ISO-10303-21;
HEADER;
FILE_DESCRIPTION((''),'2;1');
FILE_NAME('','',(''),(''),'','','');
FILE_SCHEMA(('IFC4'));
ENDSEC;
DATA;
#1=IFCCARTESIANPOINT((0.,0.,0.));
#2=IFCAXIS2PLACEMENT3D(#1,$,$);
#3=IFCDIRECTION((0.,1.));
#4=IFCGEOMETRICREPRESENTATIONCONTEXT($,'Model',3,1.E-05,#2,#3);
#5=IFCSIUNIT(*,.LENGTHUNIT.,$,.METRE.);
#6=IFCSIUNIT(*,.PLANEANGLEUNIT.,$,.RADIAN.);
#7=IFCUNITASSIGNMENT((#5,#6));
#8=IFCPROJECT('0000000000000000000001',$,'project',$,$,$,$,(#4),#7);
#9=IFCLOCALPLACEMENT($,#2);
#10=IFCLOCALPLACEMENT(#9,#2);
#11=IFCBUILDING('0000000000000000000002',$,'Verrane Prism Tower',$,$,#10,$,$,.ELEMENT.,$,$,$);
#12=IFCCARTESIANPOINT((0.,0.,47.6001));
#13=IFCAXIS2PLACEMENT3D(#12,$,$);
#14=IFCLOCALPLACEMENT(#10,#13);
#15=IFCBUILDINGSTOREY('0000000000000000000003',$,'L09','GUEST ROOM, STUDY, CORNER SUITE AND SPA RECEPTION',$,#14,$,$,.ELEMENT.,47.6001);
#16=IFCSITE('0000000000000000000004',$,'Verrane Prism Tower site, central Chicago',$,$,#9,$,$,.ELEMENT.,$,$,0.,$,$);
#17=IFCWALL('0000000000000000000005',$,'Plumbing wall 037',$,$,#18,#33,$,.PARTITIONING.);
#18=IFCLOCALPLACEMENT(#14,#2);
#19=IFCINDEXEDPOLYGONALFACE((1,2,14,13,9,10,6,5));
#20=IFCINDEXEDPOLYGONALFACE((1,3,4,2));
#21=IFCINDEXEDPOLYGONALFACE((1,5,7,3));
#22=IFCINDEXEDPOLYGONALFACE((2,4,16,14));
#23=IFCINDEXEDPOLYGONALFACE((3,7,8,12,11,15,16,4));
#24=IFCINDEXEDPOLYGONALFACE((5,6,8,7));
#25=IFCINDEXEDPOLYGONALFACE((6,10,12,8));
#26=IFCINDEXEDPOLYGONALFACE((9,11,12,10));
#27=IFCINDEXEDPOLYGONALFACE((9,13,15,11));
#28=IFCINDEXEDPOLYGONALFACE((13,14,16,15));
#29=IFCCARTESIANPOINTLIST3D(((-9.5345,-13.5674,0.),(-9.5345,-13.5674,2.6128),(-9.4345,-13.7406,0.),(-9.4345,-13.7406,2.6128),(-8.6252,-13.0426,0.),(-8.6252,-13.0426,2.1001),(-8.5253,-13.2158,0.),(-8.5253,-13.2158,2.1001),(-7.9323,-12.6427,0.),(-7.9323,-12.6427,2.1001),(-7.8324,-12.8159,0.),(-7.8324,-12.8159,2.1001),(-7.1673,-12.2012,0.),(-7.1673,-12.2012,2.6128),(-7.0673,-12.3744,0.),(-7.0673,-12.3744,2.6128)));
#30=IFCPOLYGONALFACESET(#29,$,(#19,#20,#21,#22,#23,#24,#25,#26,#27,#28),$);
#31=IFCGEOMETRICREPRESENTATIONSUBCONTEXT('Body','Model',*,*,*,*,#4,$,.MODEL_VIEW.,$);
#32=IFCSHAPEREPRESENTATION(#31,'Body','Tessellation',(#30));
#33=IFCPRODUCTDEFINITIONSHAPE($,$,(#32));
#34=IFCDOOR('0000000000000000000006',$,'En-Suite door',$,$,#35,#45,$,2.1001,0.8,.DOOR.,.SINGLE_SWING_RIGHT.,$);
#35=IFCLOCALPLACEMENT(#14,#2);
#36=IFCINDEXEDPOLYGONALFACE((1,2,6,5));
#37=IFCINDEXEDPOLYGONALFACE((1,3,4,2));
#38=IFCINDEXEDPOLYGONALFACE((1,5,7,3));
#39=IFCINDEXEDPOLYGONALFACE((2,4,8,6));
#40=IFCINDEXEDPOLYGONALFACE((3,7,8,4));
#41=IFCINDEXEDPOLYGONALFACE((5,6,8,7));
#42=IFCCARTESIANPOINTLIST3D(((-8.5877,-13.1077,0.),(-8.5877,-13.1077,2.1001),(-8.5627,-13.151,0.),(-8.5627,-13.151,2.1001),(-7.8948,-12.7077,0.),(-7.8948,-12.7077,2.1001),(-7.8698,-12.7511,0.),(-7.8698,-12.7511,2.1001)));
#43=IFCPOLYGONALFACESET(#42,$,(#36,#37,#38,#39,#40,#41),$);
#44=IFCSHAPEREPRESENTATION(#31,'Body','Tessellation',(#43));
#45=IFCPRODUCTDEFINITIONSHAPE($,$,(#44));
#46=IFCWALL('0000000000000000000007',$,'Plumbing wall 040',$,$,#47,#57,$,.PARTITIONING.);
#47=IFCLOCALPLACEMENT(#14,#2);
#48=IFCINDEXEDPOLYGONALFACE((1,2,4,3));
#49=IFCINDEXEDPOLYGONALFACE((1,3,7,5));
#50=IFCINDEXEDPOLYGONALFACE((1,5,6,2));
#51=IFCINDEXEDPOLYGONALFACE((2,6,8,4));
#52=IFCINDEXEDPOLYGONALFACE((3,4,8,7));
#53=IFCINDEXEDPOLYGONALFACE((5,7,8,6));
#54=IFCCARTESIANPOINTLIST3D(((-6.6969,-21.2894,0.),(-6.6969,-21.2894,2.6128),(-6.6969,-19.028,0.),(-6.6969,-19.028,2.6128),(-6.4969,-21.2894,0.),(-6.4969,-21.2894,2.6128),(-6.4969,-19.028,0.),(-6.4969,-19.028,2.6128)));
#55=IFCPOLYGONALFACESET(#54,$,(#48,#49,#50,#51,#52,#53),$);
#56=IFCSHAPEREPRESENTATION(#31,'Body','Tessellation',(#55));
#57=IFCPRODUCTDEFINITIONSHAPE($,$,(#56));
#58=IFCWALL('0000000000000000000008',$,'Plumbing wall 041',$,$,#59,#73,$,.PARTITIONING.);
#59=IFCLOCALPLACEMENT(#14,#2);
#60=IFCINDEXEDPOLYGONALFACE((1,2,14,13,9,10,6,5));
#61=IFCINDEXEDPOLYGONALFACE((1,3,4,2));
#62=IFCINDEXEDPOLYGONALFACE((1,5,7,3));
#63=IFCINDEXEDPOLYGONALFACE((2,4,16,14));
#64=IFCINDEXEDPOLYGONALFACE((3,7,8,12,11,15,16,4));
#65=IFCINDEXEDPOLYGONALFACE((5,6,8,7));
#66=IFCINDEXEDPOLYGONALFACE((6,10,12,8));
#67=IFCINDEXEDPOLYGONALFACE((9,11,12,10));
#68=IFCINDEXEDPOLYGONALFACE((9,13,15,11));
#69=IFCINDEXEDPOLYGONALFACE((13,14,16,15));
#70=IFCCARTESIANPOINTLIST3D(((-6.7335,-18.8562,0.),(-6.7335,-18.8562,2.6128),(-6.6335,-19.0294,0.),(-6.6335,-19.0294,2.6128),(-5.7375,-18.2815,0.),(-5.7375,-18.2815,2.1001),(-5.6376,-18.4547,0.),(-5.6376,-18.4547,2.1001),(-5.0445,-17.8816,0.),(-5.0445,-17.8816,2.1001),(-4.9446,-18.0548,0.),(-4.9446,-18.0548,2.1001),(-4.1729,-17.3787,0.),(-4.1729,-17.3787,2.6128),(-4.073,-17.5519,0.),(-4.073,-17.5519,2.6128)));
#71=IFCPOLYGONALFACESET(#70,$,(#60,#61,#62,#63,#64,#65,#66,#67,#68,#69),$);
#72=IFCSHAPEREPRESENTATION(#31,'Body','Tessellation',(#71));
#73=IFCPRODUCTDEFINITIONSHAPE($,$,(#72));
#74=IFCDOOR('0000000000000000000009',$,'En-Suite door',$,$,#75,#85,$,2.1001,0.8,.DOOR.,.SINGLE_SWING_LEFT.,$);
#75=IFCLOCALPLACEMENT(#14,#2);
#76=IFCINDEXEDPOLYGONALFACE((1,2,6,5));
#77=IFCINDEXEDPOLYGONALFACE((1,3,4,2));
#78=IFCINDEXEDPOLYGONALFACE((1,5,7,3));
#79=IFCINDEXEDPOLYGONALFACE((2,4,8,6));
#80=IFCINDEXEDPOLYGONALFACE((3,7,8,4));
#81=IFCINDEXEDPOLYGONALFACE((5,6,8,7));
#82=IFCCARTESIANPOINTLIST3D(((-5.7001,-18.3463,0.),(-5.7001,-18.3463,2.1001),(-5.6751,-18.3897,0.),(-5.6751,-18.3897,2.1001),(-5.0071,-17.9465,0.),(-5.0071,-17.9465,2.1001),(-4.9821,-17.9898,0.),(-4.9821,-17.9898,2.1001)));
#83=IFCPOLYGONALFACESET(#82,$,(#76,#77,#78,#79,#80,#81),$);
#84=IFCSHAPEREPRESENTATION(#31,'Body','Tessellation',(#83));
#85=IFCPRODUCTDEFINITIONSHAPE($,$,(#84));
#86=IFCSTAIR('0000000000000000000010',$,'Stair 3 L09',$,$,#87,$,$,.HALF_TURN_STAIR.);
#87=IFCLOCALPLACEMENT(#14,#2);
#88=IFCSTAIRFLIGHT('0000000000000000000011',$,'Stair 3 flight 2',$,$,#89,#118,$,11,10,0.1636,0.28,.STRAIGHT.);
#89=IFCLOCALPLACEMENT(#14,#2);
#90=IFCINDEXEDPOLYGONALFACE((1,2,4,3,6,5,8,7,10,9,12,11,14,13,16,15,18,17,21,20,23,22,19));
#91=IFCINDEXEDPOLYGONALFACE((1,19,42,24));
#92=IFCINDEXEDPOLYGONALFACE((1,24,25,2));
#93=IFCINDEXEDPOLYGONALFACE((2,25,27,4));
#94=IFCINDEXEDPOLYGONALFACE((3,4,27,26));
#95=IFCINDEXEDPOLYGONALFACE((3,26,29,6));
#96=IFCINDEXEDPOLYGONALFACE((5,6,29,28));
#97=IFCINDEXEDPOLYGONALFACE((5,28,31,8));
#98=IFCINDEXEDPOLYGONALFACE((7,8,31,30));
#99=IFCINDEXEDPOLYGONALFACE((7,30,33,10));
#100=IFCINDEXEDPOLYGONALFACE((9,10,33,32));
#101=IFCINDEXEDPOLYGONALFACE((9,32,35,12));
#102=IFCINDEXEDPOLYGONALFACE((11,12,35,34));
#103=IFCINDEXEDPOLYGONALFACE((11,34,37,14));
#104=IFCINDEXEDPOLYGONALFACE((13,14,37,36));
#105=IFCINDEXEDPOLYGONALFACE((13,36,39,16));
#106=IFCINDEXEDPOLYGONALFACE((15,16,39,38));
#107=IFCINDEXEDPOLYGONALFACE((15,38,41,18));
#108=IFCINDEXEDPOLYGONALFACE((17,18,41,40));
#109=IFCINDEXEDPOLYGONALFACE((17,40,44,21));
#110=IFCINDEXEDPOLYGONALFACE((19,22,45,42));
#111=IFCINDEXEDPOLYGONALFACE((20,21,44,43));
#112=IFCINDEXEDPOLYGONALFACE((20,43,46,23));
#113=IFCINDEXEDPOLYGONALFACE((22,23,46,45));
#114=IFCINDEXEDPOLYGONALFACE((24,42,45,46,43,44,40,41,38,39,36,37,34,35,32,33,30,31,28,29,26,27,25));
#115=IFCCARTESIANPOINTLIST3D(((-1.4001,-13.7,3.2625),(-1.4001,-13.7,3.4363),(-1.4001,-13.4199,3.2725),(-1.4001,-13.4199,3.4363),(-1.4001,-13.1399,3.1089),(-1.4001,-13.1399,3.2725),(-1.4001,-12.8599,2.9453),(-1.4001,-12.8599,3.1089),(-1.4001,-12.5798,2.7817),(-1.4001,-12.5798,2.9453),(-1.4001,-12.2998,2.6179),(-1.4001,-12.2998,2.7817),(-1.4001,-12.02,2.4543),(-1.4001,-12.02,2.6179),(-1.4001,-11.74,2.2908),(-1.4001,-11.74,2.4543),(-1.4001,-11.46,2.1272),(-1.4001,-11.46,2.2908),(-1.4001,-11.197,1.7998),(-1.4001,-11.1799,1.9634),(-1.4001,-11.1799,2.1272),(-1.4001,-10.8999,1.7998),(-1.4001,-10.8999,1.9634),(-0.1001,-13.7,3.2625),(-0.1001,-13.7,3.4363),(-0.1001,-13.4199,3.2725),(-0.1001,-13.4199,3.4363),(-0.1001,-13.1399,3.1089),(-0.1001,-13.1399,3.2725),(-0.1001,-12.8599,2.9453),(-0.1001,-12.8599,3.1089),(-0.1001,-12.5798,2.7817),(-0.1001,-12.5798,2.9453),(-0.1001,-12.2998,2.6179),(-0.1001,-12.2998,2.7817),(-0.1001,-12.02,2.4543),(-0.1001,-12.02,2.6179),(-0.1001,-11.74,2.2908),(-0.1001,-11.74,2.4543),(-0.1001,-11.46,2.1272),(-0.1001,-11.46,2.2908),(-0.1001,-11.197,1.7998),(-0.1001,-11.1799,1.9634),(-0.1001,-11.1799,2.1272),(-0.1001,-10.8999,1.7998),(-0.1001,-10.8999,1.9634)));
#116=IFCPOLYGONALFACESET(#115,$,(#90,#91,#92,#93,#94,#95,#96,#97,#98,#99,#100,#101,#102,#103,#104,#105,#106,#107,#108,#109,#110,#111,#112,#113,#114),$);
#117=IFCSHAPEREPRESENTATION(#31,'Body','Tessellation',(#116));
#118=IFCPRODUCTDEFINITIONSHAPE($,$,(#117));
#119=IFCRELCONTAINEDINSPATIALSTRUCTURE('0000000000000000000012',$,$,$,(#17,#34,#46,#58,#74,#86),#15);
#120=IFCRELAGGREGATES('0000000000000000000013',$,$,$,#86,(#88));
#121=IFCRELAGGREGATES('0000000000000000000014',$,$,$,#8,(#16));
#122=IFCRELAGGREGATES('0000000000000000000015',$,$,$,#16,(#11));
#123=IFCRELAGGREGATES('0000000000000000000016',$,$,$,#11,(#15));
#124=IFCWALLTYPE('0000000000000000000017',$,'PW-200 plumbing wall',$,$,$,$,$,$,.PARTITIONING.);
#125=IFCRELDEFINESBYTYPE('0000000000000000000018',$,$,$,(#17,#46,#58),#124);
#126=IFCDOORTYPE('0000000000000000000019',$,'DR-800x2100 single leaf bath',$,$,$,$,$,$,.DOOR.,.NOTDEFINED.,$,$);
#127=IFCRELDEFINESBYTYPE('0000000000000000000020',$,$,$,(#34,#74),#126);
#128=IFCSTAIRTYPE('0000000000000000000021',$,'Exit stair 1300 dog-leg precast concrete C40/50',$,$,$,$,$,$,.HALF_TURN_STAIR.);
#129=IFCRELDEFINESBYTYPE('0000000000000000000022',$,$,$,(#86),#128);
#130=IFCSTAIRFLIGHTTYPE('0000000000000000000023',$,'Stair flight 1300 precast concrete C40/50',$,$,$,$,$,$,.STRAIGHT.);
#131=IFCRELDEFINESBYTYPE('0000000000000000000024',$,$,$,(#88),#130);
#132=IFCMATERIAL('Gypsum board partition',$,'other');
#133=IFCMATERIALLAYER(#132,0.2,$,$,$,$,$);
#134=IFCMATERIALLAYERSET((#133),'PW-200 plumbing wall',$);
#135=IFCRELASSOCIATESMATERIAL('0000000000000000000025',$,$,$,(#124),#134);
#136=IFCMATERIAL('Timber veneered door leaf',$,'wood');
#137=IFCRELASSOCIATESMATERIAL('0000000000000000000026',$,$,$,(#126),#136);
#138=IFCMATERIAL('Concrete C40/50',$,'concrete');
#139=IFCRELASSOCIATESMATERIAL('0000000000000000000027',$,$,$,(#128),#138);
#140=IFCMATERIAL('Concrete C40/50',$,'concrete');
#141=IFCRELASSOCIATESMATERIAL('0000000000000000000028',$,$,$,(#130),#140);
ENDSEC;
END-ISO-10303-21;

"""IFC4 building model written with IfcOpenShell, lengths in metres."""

from ifc_helpers import new_model, si_unit, direction, frame, frame_2d, origin, place, context, subcontext, project, spatial, polyline, rectangle, outline, extrude, material, layer, layer_set, type_object, element, fill, aggregate, save


model = new_model("IFC4")

# Units and contexts
model_context = context("Model", 3, precision=1e-05, world=origin(), true_north=direction((0.0, 1.0)))
body_context = subcontext(model_context, "Body", "Model", "MODEL_VIEW")
ifc_project = project(units=[si_unit("LENGTHUNIT", "METRE"), si_unit("PLANEANGLEUNIT", "RADIAN")], contexts=[model_context])

# Site, building, storey
site_placement = place(None, origin())
site = spatial("IfcSite", under=ifc_project, at=site_placement, Name="Verrane Prism Tower site, central Chicago", CompositionType="ELEMENT", RefElevation=0.0)
building_placement = place(site_placement, origin())
building = spatial("IfcBuilding", under=site, at=building_placement, Name="Verrane Prism Tower", CompositionType="ELEMENT")
storey_placement = place(building_placement, frame((0.0, 0.0, 47.6001)))
storey = spatial("IfcBuildingStorey", under=building, at=storey_placement, Name="L09", Description="GUEST ROOM, STUDY, CORNER SUITE AND SPA RECEPTION", CompositionType="ELEMENT", Elevation=47.6001)

# Shared definitions
ifc_material_1 = material(Name="Gypsum board partition", Category="other")
ifc_layer_1 = layer(ifc_material_1, 0.2)
ifc_layer_set_1 = layer_set([ifc_layer_1], Name="PW-200 plumbing wall")
wall_type_1 = type_object("IfcWallType", Name="PW-200 plumbing wall", PredefinedType="PARTITIONING", material=ifc_layer_set_1)

# Wall, opening, door
wall_1_placement = place(storey_placement, frame((-9.4846, -13.6541, 0.0), z_axis=(0.0, 0.0, 1.0), x_axis=(0.866102, 0.499867, 0.0)))
wall_1 = element("IfcWall", 1, at=wall_1_placement, inside=storey, type_object=wall_type_1, Name="Plumbing wall 037", PredefinedType="PARTITIONING", context=body_context, shape_type="SweptSolid", body=[
    extrude(rectangle(XDim=2.7332, YDim=0.2, at=frame_2d((1.3667, 0.0))), origin(), (0.0, 0.0, 1.0), 2.6128),
])
opening_1_placement = place(wall_1_placement, frame((1.05, 0.0, 0.0)))
opening_1 = element("IfcOpeningElement", 2, at=opening_1_placement, cuts=wall_1, PredefinedType="OPENING", context=body_context, shape_type="SweptSolid", body=[
    extrude(rectangle(XDim=0.8, YDim=2.1001, at=frame_2d((0.3999, 1.05))), frame((0.0, 0.1099, 0.0), z_axis=(0.0, -1.0, 0.0), x_axis=(1.0, 0.0, 0.0)), (0.0, 0.0, 1.0), 0.22),
])
ifc_material_2 = material(Name="Timber veneered door leaf", Category="wood")
door_type_1 = type_object("IfcDoorType", Name="DR-800x2100 single leaf bath", OperationType="NOTDEFINED", PredefinedType="DOOR", material=ifc_material_2)
door_1_placement = place(opening_1_placement, origin())
door_1 = element("IfcDoor", 3, at=door_1_placement, inside=storey, type_object=door_type_1, Name="En-Suite door", OperationType="SINGLE_SWING_RIGHT", OverallHeight=2.1001, OverallWidth=0.8, PredefinedType="DOOR", context=body_context, shape_type="SweptSolid", body=[
    extrude(rectangle(XDim=0.8, YDim=2.1001, at=frame_2d((0.3999, 1.05))), frame((0.0, 0.0249, 0.0), z_axis=(0.0, -1.0, 0.0), x_axis=(1.0, 0.0, 0.0)), (0.0, 0.0, 1.0), 0.05),
])
fill(opening_1, door_1)

# Wall
wall_2_placement = place(storey_placement, frame((-6.5969, -21.2896, 0.0), z_axis=(0.0, 0.0, 1.0), x_axis=(0.0, 1.0, 0.0)))
element("IfcWall", 4, at=wall_2_placement, inside=storey, type_object=wall_type_1, Name="Plumbing wall 040", PredefinedType="PARTITIONING", context=body_context, shape_type="SweptSolid", body=[
    extrude(rectangle(XDim=2.2615, YDim=0.2, at=frame_2d((1.1309, 0.0))), origin(), (0.0, 0.0, 1.0), 2.6128),
])

# Wall, opening, door
wall_3_placement = place(storey_placement, frame((-4.123, -17.4653, 0.0), z_axis=(0.0, 0.0, 1.0), x_axis=(-0.866142, -0.499799, 0.0)))
wall_3 = element("IfcWall", 5, at=wall_3_placement, inside=storey, type_object=wall_type_1, Name="Plumbing wall 041", PredefinedType="PARTITIONING", context=body_context, shape_type="SweptSolid", body=[
    extrude(rectangle(XDim=2.9563, YDim=0.2, at=frame_2d((1.478, 0.0))), origin(), (0.0, 0.0, 1.0), 2.6128),
])
opening_2_placement = place(wall_3_placement, frame((1.0063, 0.0, 0.0)))
opening_2 = element("IfcOpeningElement", 6, at=opening_2_placement, cuts=wall_3, PredefinedType="OPENING", context=body_context, shape_type="SweptSolid", body=[
    extrude(rectangle(XDim=0.8, YDim=2.1001, at=frame_2d((0.3999, 1.05))), frame((0.0, 0.1099, 0.0), z_axis=(0.0, -1.0, 0.0), x_axis=(1.0, 0.0, 0.0)), (0.0, 0.0, 1.0), 0.22),
])
door_2_placement = place(opening_2_placement, origin())
door_2 = element("IfcDoor", 7, at=door_2_placement, inside=storey, type_object=door_type_1, Name="En-Suite door", OperationType="SINGLE_SWING_LEFT", OverallHeight=2.1001, OverallWidth=0.8, PredefinedType="DOOR", context=body_context, shape_type="SweptSolid", body=[
    extrude(rectangle(XDim=0.8, YDim=2.1001, at=frame_2d((0.3999, 1.05))), frame((0.0, 0.0249, 0.0), z_axis=(0.0, -1.0, 0.0), x_axis=(1.0, 0.0, 0.0)), (0.0, 0.0, 1.0), 0.05),
])
fill(opening_2, door_2)

# Stair, stair flight
ifc_material_3 = material(Name="Concrete C40/50", Category="concrete")
stair_type = type_object("IfcStairType", Name="Exit stair 1300 dog-leg precast concrete C40/50", PredefinedType="HALF_TURN_STAIR", material=ifc_material_3)
stair_placement = place(storey_placement, origin())
stair = element("IfcStair", 8, at=stair_placement, inside=storey, type_object=stair_type, Name="Stair 3 L09", PredefinedType="HALF_TURN_STAIR")
ifc_material_4 = material(Name="Concrete C40/50", Category="concrete")
stair_flight_type = type_object("IfcStairFlightType", Name="Stair flight 1300 precast concrete C40/50", PredefinedType="STRAIGHT", material=ifc_material_4)
stair_flight_placement = place(storey_placement, frame((-0.75, -10.8999, 1.7998), z_axis=(0.0, 0.0, 1.0), x_axis=(0.0, -1.0, 0.0)))
stair_flight = element("IfcStairFlight", 9, at=stair_flight_placement, type_object=stair_flight_type, Name="Stair 3 flight 2", NumberOfRisers=11, NumberOfTreads=10, PredefinedType="STRAIGHT", RiserHeight=0.1636, TreadLength=0.28, context=body_context, shape_type="SweptSolid", body=[
    extrude(outline(polyline([(0.0, 0.0), (0.0, 0.1636), (0.28, 0.1636), (0.28, 0.3274), (0.5601, 0.3274), (0.5601, 0.491), (0.8401, 0.491), (0.8401, 0.6545), (1.1201, 0.6545), (1.1201, 0.8181), (1.3999, 0.8181), (1.3999, 0.9819), (1.6799, 0.9819), (1.6799, 1.1455), (1.96, 1.1455), (1.96, 1.3091), (2.24, 1.3091), (2.24, 1.4727), (2.52, 1.4727), (2.52, 1.6365), (2.8, 1.6365), (2.8, 1.8), (2.8, 1.4626), (0.2971, 0.0), (0.0, 0.0)])), frame((0.0, 0.6499, 0.0), z_axis=(0.0, -1.0, 0.0), x_axis=(1.0, 0.0, 0.0)), (0.0, 0.0, 1.0), 1.3),
])
aggregate(stair, [stair_flight])

save(model, "model.ifc")
